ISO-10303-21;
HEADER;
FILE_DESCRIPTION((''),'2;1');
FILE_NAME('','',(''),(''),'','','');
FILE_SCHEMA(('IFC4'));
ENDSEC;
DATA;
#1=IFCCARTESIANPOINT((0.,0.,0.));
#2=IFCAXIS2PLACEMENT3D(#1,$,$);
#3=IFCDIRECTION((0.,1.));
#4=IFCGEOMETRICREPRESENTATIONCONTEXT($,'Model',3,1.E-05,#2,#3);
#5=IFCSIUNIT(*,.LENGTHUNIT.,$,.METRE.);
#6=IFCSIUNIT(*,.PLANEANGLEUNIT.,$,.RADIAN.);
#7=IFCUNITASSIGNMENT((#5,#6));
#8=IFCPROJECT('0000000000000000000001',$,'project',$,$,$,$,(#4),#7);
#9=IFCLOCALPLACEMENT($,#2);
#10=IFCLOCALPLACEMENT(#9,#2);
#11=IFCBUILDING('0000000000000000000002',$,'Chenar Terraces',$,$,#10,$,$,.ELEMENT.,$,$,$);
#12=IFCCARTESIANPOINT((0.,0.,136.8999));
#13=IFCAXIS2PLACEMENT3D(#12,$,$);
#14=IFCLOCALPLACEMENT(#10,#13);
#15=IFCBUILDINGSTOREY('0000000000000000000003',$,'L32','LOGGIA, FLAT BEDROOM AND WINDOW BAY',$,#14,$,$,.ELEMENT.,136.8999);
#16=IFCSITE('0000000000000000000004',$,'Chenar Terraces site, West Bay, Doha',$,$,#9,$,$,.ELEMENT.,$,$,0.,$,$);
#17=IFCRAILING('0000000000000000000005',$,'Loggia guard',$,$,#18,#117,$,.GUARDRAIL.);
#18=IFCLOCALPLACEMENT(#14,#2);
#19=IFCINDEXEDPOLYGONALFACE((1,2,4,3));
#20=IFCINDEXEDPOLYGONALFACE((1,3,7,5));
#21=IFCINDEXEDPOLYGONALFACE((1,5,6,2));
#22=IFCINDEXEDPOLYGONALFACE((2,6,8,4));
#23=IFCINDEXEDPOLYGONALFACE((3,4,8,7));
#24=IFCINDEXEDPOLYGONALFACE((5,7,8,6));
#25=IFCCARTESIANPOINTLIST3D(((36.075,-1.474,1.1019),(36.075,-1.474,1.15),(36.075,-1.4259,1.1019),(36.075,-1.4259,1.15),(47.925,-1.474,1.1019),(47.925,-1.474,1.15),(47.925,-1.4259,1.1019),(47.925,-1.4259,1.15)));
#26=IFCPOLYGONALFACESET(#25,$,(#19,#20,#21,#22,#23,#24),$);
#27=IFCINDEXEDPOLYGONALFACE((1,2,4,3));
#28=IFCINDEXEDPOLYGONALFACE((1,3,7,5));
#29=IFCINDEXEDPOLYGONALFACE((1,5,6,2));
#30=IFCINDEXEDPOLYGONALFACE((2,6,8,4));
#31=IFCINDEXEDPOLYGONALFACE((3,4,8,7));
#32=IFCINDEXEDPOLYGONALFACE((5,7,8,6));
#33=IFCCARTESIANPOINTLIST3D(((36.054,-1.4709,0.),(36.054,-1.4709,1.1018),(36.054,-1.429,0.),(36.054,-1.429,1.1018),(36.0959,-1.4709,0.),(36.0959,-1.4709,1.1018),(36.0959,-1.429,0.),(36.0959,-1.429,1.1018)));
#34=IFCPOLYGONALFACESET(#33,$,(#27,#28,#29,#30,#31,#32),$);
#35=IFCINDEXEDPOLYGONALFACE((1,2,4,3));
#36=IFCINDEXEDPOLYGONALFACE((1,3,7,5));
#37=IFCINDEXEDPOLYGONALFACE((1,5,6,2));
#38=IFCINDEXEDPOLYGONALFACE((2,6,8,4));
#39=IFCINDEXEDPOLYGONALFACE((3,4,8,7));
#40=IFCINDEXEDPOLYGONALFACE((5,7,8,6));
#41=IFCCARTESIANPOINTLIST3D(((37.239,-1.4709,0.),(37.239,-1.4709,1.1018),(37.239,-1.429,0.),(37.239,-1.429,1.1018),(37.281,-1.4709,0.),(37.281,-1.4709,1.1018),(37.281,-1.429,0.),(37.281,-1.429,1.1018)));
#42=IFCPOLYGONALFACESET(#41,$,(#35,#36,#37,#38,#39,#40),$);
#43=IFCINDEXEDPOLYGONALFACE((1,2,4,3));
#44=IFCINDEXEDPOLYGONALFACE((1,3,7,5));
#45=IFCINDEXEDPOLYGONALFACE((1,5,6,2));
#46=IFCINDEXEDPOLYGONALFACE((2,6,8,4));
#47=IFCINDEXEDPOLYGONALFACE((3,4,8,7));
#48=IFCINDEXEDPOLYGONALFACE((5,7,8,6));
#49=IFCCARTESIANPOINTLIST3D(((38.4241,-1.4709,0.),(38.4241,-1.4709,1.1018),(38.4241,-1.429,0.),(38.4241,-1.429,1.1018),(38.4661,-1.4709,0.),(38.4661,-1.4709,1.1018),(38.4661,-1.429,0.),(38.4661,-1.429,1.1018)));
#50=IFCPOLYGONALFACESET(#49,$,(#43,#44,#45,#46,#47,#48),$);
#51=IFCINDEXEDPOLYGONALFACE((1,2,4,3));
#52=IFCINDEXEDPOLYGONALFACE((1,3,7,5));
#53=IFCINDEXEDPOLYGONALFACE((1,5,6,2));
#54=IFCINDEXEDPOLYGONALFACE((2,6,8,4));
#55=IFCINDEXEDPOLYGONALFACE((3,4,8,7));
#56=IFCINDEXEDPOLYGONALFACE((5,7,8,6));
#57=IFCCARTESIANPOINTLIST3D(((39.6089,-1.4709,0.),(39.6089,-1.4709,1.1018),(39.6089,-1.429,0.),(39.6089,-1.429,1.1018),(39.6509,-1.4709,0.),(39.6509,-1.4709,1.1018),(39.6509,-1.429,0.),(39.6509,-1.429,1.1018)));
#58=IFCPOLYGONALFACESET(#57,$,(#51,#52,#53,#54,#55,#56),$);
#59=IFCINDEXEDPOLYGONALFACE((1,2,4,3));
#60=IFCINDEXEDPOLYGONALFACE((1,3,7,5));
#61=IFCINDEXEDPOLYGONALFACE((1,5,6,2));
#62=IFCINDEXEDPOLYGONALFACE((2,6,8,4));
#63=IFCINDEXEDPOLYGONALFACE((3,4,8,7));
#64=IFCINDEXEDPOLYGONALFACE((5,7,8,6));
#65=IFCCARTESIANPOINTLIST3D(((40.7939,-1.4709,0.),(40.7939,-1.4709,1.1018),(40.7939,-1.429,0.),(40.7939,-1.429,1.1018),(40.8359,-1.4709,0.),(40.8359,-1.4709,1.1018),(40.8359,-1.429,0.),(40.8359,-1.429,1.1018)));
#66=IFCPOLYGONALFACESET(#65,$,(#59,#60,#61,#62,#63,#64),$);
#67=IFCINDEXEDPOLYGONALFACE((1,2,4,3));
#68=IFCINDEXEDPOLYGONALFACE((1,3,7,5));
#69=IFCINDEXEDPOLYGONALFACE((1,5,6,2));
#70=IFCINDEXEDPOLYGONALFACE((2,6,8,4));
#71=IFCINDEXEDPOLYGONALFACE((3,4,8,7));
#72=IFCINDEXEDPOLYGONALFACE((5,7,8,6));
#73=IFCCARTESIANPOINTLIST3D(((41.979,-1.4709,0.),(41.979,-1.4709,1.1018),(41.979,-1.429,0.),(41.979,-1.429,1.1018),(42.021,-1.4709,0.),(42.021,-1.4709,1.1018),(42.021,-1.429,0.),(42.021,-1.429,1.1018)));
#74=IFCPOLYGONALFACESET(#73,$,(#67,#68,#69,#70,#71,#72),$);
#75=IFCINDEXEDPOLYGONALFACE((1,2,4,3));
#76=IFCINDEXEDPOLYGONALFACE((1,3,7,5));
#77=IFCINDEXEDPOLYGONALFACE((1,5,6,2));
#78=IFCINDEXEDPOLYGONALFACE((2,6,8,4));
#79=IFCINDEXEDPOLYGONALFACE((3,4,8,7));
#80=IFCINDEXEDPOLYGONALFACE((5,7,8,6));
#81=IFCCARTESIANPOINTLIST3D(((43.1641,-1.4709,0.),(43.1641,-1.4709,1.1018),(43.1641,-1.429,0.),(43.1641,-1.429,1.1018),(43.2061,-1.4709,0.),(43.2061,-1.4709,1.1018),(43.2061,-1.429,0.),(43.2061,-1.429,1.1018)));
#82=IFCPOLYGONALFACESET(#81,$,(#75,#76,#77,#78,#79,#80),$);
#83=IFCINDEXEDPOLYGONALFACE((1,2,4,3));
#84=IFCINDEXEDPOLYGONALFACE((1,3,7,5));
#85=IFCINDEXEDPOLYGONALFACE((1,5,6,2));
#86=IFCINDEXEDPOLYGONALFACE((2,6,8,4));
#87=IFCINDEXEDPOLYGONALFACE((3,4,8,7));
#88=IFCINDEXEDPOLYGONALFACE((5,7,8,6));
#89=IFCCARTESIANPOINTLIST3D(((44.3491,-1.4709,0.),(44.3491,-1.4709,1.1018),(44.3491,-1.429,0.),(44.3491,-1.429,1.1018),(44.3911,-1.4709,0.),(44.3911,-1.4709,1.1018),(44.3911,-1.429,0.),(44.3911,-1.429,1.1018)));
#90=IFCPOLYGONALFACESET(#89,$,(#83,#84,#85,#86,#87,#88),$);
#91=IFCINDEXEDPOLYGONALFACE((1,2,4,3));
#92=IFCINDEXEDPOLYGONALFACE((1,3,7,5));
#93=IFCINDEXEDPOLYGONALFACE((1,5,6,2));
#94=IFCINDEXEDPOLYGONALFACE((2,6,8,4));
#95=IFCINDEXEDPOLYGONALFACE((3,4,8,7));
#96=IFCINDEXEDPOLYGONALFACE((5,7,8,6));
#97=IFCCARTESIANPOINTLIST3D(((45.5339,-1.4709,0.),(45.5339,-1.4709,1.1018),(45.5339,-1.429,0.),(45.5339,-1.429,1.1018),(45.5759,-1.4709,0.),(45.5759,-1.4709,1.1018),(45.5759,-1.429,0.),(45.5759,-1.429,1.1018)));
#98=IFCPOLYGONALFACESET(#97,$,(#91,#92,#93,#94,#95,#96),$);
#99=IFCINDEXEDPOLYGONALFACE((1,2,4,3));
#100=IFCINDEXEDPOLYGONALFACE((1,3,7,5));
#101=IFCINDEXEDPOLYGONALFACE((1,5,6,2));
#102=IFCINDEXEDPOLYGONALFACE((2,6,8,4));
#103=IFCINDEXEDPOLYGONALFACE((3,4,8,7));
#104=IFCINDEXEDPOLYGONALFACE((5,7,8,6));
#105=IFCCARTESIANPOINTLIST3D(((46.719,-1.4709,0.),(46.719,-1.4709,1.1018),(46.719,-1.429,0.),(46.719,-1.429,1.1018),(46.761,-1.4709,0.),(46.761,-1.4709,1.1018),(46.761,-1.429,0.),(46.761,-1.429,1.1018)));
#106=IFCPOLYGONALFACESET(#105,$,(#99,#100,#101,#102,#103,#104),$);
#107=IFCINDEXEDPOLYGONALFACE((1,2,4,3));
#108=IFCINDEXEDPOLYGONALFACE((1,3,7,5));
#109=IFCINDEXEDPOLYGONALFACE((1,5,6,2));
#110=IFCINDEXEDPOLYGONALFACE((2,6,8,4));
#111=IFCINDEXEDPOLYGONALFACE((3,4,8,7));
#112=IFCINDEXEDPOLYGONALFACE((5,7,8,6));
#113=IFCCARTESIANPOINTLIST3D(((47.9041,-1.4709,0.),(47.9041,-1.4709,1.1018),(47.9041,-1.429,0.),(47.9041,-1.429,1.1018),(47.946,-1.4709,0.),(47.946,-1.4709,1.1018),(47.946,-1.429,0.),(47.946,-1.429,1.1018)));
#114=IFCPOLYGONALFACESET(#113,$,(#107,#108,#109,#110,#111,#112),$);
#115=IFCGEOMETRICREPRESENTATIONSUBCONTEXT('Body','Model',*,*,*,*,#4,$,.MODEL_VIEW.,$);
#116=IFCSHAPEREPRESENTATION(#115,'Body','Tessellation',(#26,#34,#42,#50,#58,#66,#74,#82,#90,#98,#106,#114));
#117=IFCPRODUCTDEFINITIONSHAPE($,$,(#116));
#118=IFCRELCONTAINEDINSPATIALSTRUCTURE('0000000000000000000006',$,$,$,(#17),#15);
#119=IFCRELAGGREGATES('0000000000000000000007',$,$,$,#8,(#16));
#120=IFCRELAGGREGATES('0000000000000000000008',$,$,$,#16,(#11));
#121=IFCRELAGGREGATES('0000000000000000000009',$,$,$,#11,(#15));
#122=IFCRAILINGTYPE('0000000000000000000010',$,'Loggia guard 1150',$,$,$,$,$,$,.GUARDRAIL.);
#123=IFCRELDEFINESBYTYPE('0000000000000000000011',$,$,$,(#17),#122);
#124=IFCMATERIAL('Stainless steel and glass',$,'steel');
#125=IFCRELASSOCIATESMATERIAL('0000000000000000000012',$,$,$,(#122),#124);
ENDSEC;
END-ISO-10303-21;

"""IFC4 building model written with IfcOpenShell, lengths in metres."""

from ifc_helpers import new_model, si_unit, direction, frame, origin, origin_2d, place, context, subcontext, project, spatial, rectangle, extrude, material, type_object, element, save


model = new_model("IFC4")

# Units and contexts
model_context = context("Model", 3, precision=1e-05, world=origin(), true_north=direction((0.0, 1.0)))
body_context = subcontext(model_context, "Body", "Model", "MODEL_VIEW")
ifc_project = project(units=[si_unit("LENGTHUNIT", "METRE"), si_unit("PLANEANGLEUNIT", "RADIAN")], contexts=[model_context])

# Site, building, storey
site_placement = place(None, origin())
site = spatial("IfcSite", under=ifc_project, at=site_placement, Name="Chenar Terraces site, West Bay, Doha", CompositionType="ELEMENT", RefElevation=0.0)
building_placement = place(site_placement, origin())
building = spatial("IfcBuilding", under=site, at=building_placement, Name="Chenar Terraces", CompositionType="ELEMENT")
storey_placement = place(building_placement, frame((0.0, 0.0, 136.8999)))
storey = spatial("IfcBuildingStorey", under=building, at=storey_placement, Name="L32", Description="LOGGIA, FLAT BEDROOM AND WINDOW BAY", CompositionType="ELEMENT", Elevation=136.8999)

# Railing
ifc_material_1 = material(Name="Stainless steel and glass", Category="steel")
railing_type = type_object("IfcRailingType", Name="Loggia guard 1150", PredefinedType="GUARDRAIL", material=ifc_material_1)
railing_placement = place(storey_placement, frame((36.075, -1.45, 0.0)))
element("IfcRailing", 1, at=railing_placement, inside=storey, type_object=railing_type, Name="Loggia guard", PredefinedType="GUARDRAIL", context=body_context, shape_type="SweptSolid", body=[
    extrude(rectangle(XDim=0.0481, YDim=0.0481, at=origin_2d()), frame((0.0, 0.0, 1.126), z_axis=(1.0, 0.0, 0.0), x_axis=(0.0, 1.0, 0.0)), (0.0, 0.0, 1.0), 11.8501),
    extrude(rectangle(XDim=0.042, YDim=0.042, at=origin_2d()), origin(), (0.0, 0.0, 1.0), 1.1018),
    extrude(rectangle(XDim=0.042, YDim=0.042, at=origin_2d()), frame((1.1851, 0.0, 0.0)), (0.0, 0.0, 1.0), 1.1018),
    extrude(rectangle(XDim=0.042, YDim=0.042, at=origin_2d()), frame((2.3701, 0.0, 0.0)), (0.0, 0.0, 1.0), 1.1018),
    extrude(rectangle(XDim=0.042, YDim=0.042, at=origin_2d()), frame((3.5549, 0.0, 0.0)), (0.0, 0.0, 1.0), 1.1018),
    extrude(rectangle(XDim=0.042, YDim=0.042, at=origin_2d()), frame((4.74, 0.0, 0.0)), (0.0, 0.0, 1.0), 1.1018),
    extrude(rectangle(XDim=0.042, YDim=0.042, at=origin_2d()), frame((5.925, 0.0, 0.0)), (0.0, 0.0, 1.0), 1.1018),
    extrude(rectangle(XDim=0.042, YDim=0.042, at=origin_2d()), frame((7.1101, 0.0, 0.0)), (0.0, 0.0, 1.0), 1.1018),
    extrude(rectangle(XDim=0.042, YDim=0.042, at=origin_2d()), frame((8.2952, 0.0, 0.0)), (0.0, 0.0, 1.0), 1.1018),
    extrude(rectangle(XDim=0.042, YDim=0.042, at=origin_2d()), frame((9.48, 0.0, 0.0)), (0.0, 0.0, 1.0), 1.1018),
    extrude(rectangle(XDim=0.042, YDim=0.042, at=origin_2d()), frame((10.665, 0.0, 0.0)), (0.0, 0.0, 1.0), 1.1018),
    extrude(rectangle(XDim=0.042, YDim=0.042, at=origin_2d()), frame((11.8501, 0.0, 0.0)), (0.0, 0.0, 1.0), 1.1018),
])

save(model, "model.ifc")
